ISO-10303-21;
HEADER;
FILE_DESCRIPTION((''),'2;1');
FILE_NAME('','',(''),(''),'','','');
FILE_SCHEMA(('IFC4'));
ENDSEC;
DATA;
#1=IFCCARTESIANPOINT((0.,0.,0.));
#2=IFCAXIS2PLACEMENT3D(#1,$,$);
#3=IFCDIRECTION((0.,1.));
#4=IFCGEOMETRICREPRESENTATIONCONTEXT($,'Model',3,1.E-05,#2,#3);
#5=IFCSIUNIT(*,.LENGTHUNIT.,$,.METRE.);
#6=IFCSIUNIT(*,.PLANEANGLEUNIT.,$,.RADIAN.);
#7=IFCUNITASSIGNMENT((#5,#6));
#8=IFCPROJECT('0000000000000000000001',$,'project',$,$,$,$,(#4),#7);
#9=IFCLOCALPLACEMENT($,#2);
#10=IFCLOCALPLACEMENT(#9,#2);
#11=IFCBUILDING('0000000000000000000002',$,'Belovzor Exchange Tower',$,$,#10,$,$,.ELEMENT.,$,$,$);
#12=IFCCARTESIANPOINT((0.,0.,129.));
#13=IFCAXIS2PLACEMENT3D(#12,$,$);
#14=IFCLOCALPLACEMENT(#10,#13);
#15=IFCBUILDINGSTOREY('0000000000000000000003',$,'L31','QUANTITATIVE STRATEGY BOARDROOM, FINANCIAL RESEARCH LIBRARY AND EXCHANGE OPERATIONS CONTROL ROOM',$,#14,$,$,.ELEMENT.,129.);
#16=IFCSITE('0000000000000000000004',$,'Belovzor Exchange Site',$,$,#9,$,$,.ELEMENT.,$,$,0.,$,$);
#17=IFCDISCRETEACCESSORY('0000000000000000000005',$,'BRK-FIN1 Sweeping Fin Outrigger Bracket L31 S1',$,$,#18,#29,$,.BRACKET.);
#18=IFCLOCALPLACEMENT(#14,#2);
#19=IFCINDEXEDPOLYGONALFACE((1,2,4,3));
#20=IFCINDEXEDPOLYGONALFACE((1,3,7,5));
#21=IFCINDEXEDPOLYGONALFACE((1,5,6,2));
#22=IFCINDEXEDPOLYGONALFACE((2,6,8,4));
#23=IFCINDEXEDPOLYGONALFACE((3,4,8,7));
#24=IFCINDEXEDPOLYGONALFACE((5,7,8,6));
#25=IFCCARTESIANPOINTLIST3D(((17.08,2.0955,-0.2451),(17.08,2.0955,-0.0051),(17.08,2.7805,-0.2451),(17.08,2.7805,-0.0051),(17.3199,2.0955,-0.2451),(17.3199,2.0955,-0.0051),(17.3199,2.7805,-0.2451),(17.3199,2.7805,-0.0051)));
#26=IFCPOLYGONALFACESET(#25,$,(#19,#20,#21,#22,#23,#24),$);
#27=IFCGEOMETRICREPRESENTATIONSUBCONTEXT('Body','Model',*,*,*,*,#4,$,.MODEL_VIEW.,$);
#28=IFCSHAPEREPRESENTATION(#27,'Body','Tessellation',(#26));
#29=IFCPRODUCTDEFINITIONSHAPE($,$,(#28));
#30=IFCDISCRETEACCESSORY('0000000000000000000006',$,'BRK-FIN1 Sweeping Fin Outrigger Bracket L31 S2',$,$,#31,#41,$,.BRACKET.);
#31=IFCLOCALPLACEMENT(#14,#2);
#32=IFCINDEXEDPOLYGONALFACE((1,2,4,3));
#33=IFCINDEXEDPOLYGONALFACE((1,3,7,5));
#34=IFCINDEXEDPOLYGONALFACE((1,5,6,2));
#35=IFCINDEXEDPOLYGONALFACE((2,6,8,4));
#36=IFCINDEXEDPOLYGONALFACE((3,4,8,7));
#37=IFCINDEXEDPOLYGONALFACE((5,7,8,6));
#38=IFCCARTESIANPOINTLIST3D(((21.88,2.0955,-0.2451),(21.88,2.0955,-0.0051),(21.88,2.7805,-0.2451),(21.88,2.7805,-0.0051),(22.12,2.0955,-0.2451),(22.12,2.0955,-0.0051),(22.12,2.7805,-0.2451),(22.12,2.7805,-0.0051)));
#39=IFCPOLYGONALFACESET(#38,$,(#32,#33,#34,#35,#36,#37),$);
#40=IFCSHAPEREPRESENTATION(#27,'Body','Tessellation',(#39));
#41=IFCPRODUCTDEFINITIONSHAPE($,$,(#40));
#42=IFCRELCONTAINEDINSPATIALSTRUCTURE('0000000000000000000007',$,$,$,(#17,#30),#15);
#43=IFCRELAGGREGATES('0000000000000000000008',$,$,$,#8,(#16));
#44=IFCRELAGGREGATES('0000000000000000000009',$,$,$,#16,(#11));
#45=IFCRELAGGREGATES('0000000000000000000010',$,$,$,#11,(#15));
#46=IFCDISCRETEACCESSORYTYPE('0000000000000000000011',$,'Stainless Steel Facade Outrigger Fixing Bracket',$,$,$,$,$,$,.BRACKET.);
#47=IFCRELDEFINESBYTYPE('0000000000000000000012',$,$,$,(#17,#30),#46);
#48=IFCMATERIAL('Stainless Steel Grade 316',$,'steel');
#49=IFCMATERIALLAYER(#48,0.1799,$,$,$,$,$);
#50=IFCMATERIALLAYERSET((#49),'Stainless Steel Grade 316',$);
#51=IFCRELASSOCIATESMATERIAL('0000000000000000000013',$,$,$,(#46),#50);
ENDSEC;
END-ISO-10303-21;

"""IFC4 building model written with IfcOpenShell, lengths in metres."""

from ifc_helpers import new_model, si_unit, direction, frame, origin, origin_2d, place, context, subcontext, project, spatial, rectangle, extrude, material, layer, layer_set, type_object, element, save


model = new_model("IFC4")

# Units and contexts
model_context = context("Model", 3, precision=1e-05, world=origin(), true_north=direction((0.0, 1.0)))
body_context = subcontext(model_context, "Body", "Model", "MODEL_VIEW")
ifc_project = project(units=[si_unit("LENGTHUNIT", "METRE"), si_unit("PLANEANGLEUNIT", "RADIAN")], contexts=[model_context])

# Site, building, storey
site_placement = place(None, origin())
site = spatial("IfcSite", under=ifc_project, at=site_placement, Name="Belovzor Exchange Site", CompositionType="ELEMENT", RefElevation=0.0)
building_placement = place(site_placement, origin())
building = spatial("IfcBuilding", under=site, at=building_placement, Name="Belovzor Exchange Tower", CompositionType="ELEMENT")
storey_placement = place(building_placement, frame((0.0, 0.0, 129.0)))
storey = spatial("IfcBuildingStorey", under=building, at=storey_placement, Name="L31", Description="QUANTITATIVE STRATEGY BOARDROOM, FINANCIAL RESEARCH LIBRARY AND EXCHANGE OPERATIONS CONTROL ROOM", CompositionType="ELEMENT", Elevation=129.0)

# Discrete accessories
ifc_material_1 = material(Name="Stainless Steel Grade 316", Category="steel")
ifc_layer_1 = layer(ifc_material_1, 0.1799)
ifc_layer_set_1 = layer_set([ifc_layer_1], Name="Stainless Steel Grade 316")
discrete_accessory_type = type_object("IfcDiscreteAccessoryType", Name="Stainless Steel Facade Outrigger Fixing Bracket", PredefinedType="BRACKET", material=ifc_layer_set_1)
for number, where, z_axis, x_axis, name in (
    (1, (17.2, 2.438, -0.2451), (0.0, 0.0, 1.0), (0.0, 1.0, 0.0), "BRK-FIN1 Sweeping Fin Outrigger Bracket L31 S1"),
    (2, (22.0, 2.438, -0.2451), (0.0, 0.0, 1.0), (0.0, 1.0, 0.0), "BRK-FIN1 Sweeping Fin Outrigger Bracket L31 S2"),
):
    element("IfcDiscreteAccessory", number, at=place(storey_placement, frame(where, z_axis=z_axis, x_axis=x_axis)), inside=storey, type_object=discrete_accessory_type, Name=name, PredefinedType="BRACKET", context=body_context, shape_type="SweptSolid", body=[
        extrude(rectangle(XDim=0.6851, YDim=0.24, at=origin_2d()), origin(), (0.0, 0.0, 1.0), 0.24),
    ])

save(model, "model.ifc")
